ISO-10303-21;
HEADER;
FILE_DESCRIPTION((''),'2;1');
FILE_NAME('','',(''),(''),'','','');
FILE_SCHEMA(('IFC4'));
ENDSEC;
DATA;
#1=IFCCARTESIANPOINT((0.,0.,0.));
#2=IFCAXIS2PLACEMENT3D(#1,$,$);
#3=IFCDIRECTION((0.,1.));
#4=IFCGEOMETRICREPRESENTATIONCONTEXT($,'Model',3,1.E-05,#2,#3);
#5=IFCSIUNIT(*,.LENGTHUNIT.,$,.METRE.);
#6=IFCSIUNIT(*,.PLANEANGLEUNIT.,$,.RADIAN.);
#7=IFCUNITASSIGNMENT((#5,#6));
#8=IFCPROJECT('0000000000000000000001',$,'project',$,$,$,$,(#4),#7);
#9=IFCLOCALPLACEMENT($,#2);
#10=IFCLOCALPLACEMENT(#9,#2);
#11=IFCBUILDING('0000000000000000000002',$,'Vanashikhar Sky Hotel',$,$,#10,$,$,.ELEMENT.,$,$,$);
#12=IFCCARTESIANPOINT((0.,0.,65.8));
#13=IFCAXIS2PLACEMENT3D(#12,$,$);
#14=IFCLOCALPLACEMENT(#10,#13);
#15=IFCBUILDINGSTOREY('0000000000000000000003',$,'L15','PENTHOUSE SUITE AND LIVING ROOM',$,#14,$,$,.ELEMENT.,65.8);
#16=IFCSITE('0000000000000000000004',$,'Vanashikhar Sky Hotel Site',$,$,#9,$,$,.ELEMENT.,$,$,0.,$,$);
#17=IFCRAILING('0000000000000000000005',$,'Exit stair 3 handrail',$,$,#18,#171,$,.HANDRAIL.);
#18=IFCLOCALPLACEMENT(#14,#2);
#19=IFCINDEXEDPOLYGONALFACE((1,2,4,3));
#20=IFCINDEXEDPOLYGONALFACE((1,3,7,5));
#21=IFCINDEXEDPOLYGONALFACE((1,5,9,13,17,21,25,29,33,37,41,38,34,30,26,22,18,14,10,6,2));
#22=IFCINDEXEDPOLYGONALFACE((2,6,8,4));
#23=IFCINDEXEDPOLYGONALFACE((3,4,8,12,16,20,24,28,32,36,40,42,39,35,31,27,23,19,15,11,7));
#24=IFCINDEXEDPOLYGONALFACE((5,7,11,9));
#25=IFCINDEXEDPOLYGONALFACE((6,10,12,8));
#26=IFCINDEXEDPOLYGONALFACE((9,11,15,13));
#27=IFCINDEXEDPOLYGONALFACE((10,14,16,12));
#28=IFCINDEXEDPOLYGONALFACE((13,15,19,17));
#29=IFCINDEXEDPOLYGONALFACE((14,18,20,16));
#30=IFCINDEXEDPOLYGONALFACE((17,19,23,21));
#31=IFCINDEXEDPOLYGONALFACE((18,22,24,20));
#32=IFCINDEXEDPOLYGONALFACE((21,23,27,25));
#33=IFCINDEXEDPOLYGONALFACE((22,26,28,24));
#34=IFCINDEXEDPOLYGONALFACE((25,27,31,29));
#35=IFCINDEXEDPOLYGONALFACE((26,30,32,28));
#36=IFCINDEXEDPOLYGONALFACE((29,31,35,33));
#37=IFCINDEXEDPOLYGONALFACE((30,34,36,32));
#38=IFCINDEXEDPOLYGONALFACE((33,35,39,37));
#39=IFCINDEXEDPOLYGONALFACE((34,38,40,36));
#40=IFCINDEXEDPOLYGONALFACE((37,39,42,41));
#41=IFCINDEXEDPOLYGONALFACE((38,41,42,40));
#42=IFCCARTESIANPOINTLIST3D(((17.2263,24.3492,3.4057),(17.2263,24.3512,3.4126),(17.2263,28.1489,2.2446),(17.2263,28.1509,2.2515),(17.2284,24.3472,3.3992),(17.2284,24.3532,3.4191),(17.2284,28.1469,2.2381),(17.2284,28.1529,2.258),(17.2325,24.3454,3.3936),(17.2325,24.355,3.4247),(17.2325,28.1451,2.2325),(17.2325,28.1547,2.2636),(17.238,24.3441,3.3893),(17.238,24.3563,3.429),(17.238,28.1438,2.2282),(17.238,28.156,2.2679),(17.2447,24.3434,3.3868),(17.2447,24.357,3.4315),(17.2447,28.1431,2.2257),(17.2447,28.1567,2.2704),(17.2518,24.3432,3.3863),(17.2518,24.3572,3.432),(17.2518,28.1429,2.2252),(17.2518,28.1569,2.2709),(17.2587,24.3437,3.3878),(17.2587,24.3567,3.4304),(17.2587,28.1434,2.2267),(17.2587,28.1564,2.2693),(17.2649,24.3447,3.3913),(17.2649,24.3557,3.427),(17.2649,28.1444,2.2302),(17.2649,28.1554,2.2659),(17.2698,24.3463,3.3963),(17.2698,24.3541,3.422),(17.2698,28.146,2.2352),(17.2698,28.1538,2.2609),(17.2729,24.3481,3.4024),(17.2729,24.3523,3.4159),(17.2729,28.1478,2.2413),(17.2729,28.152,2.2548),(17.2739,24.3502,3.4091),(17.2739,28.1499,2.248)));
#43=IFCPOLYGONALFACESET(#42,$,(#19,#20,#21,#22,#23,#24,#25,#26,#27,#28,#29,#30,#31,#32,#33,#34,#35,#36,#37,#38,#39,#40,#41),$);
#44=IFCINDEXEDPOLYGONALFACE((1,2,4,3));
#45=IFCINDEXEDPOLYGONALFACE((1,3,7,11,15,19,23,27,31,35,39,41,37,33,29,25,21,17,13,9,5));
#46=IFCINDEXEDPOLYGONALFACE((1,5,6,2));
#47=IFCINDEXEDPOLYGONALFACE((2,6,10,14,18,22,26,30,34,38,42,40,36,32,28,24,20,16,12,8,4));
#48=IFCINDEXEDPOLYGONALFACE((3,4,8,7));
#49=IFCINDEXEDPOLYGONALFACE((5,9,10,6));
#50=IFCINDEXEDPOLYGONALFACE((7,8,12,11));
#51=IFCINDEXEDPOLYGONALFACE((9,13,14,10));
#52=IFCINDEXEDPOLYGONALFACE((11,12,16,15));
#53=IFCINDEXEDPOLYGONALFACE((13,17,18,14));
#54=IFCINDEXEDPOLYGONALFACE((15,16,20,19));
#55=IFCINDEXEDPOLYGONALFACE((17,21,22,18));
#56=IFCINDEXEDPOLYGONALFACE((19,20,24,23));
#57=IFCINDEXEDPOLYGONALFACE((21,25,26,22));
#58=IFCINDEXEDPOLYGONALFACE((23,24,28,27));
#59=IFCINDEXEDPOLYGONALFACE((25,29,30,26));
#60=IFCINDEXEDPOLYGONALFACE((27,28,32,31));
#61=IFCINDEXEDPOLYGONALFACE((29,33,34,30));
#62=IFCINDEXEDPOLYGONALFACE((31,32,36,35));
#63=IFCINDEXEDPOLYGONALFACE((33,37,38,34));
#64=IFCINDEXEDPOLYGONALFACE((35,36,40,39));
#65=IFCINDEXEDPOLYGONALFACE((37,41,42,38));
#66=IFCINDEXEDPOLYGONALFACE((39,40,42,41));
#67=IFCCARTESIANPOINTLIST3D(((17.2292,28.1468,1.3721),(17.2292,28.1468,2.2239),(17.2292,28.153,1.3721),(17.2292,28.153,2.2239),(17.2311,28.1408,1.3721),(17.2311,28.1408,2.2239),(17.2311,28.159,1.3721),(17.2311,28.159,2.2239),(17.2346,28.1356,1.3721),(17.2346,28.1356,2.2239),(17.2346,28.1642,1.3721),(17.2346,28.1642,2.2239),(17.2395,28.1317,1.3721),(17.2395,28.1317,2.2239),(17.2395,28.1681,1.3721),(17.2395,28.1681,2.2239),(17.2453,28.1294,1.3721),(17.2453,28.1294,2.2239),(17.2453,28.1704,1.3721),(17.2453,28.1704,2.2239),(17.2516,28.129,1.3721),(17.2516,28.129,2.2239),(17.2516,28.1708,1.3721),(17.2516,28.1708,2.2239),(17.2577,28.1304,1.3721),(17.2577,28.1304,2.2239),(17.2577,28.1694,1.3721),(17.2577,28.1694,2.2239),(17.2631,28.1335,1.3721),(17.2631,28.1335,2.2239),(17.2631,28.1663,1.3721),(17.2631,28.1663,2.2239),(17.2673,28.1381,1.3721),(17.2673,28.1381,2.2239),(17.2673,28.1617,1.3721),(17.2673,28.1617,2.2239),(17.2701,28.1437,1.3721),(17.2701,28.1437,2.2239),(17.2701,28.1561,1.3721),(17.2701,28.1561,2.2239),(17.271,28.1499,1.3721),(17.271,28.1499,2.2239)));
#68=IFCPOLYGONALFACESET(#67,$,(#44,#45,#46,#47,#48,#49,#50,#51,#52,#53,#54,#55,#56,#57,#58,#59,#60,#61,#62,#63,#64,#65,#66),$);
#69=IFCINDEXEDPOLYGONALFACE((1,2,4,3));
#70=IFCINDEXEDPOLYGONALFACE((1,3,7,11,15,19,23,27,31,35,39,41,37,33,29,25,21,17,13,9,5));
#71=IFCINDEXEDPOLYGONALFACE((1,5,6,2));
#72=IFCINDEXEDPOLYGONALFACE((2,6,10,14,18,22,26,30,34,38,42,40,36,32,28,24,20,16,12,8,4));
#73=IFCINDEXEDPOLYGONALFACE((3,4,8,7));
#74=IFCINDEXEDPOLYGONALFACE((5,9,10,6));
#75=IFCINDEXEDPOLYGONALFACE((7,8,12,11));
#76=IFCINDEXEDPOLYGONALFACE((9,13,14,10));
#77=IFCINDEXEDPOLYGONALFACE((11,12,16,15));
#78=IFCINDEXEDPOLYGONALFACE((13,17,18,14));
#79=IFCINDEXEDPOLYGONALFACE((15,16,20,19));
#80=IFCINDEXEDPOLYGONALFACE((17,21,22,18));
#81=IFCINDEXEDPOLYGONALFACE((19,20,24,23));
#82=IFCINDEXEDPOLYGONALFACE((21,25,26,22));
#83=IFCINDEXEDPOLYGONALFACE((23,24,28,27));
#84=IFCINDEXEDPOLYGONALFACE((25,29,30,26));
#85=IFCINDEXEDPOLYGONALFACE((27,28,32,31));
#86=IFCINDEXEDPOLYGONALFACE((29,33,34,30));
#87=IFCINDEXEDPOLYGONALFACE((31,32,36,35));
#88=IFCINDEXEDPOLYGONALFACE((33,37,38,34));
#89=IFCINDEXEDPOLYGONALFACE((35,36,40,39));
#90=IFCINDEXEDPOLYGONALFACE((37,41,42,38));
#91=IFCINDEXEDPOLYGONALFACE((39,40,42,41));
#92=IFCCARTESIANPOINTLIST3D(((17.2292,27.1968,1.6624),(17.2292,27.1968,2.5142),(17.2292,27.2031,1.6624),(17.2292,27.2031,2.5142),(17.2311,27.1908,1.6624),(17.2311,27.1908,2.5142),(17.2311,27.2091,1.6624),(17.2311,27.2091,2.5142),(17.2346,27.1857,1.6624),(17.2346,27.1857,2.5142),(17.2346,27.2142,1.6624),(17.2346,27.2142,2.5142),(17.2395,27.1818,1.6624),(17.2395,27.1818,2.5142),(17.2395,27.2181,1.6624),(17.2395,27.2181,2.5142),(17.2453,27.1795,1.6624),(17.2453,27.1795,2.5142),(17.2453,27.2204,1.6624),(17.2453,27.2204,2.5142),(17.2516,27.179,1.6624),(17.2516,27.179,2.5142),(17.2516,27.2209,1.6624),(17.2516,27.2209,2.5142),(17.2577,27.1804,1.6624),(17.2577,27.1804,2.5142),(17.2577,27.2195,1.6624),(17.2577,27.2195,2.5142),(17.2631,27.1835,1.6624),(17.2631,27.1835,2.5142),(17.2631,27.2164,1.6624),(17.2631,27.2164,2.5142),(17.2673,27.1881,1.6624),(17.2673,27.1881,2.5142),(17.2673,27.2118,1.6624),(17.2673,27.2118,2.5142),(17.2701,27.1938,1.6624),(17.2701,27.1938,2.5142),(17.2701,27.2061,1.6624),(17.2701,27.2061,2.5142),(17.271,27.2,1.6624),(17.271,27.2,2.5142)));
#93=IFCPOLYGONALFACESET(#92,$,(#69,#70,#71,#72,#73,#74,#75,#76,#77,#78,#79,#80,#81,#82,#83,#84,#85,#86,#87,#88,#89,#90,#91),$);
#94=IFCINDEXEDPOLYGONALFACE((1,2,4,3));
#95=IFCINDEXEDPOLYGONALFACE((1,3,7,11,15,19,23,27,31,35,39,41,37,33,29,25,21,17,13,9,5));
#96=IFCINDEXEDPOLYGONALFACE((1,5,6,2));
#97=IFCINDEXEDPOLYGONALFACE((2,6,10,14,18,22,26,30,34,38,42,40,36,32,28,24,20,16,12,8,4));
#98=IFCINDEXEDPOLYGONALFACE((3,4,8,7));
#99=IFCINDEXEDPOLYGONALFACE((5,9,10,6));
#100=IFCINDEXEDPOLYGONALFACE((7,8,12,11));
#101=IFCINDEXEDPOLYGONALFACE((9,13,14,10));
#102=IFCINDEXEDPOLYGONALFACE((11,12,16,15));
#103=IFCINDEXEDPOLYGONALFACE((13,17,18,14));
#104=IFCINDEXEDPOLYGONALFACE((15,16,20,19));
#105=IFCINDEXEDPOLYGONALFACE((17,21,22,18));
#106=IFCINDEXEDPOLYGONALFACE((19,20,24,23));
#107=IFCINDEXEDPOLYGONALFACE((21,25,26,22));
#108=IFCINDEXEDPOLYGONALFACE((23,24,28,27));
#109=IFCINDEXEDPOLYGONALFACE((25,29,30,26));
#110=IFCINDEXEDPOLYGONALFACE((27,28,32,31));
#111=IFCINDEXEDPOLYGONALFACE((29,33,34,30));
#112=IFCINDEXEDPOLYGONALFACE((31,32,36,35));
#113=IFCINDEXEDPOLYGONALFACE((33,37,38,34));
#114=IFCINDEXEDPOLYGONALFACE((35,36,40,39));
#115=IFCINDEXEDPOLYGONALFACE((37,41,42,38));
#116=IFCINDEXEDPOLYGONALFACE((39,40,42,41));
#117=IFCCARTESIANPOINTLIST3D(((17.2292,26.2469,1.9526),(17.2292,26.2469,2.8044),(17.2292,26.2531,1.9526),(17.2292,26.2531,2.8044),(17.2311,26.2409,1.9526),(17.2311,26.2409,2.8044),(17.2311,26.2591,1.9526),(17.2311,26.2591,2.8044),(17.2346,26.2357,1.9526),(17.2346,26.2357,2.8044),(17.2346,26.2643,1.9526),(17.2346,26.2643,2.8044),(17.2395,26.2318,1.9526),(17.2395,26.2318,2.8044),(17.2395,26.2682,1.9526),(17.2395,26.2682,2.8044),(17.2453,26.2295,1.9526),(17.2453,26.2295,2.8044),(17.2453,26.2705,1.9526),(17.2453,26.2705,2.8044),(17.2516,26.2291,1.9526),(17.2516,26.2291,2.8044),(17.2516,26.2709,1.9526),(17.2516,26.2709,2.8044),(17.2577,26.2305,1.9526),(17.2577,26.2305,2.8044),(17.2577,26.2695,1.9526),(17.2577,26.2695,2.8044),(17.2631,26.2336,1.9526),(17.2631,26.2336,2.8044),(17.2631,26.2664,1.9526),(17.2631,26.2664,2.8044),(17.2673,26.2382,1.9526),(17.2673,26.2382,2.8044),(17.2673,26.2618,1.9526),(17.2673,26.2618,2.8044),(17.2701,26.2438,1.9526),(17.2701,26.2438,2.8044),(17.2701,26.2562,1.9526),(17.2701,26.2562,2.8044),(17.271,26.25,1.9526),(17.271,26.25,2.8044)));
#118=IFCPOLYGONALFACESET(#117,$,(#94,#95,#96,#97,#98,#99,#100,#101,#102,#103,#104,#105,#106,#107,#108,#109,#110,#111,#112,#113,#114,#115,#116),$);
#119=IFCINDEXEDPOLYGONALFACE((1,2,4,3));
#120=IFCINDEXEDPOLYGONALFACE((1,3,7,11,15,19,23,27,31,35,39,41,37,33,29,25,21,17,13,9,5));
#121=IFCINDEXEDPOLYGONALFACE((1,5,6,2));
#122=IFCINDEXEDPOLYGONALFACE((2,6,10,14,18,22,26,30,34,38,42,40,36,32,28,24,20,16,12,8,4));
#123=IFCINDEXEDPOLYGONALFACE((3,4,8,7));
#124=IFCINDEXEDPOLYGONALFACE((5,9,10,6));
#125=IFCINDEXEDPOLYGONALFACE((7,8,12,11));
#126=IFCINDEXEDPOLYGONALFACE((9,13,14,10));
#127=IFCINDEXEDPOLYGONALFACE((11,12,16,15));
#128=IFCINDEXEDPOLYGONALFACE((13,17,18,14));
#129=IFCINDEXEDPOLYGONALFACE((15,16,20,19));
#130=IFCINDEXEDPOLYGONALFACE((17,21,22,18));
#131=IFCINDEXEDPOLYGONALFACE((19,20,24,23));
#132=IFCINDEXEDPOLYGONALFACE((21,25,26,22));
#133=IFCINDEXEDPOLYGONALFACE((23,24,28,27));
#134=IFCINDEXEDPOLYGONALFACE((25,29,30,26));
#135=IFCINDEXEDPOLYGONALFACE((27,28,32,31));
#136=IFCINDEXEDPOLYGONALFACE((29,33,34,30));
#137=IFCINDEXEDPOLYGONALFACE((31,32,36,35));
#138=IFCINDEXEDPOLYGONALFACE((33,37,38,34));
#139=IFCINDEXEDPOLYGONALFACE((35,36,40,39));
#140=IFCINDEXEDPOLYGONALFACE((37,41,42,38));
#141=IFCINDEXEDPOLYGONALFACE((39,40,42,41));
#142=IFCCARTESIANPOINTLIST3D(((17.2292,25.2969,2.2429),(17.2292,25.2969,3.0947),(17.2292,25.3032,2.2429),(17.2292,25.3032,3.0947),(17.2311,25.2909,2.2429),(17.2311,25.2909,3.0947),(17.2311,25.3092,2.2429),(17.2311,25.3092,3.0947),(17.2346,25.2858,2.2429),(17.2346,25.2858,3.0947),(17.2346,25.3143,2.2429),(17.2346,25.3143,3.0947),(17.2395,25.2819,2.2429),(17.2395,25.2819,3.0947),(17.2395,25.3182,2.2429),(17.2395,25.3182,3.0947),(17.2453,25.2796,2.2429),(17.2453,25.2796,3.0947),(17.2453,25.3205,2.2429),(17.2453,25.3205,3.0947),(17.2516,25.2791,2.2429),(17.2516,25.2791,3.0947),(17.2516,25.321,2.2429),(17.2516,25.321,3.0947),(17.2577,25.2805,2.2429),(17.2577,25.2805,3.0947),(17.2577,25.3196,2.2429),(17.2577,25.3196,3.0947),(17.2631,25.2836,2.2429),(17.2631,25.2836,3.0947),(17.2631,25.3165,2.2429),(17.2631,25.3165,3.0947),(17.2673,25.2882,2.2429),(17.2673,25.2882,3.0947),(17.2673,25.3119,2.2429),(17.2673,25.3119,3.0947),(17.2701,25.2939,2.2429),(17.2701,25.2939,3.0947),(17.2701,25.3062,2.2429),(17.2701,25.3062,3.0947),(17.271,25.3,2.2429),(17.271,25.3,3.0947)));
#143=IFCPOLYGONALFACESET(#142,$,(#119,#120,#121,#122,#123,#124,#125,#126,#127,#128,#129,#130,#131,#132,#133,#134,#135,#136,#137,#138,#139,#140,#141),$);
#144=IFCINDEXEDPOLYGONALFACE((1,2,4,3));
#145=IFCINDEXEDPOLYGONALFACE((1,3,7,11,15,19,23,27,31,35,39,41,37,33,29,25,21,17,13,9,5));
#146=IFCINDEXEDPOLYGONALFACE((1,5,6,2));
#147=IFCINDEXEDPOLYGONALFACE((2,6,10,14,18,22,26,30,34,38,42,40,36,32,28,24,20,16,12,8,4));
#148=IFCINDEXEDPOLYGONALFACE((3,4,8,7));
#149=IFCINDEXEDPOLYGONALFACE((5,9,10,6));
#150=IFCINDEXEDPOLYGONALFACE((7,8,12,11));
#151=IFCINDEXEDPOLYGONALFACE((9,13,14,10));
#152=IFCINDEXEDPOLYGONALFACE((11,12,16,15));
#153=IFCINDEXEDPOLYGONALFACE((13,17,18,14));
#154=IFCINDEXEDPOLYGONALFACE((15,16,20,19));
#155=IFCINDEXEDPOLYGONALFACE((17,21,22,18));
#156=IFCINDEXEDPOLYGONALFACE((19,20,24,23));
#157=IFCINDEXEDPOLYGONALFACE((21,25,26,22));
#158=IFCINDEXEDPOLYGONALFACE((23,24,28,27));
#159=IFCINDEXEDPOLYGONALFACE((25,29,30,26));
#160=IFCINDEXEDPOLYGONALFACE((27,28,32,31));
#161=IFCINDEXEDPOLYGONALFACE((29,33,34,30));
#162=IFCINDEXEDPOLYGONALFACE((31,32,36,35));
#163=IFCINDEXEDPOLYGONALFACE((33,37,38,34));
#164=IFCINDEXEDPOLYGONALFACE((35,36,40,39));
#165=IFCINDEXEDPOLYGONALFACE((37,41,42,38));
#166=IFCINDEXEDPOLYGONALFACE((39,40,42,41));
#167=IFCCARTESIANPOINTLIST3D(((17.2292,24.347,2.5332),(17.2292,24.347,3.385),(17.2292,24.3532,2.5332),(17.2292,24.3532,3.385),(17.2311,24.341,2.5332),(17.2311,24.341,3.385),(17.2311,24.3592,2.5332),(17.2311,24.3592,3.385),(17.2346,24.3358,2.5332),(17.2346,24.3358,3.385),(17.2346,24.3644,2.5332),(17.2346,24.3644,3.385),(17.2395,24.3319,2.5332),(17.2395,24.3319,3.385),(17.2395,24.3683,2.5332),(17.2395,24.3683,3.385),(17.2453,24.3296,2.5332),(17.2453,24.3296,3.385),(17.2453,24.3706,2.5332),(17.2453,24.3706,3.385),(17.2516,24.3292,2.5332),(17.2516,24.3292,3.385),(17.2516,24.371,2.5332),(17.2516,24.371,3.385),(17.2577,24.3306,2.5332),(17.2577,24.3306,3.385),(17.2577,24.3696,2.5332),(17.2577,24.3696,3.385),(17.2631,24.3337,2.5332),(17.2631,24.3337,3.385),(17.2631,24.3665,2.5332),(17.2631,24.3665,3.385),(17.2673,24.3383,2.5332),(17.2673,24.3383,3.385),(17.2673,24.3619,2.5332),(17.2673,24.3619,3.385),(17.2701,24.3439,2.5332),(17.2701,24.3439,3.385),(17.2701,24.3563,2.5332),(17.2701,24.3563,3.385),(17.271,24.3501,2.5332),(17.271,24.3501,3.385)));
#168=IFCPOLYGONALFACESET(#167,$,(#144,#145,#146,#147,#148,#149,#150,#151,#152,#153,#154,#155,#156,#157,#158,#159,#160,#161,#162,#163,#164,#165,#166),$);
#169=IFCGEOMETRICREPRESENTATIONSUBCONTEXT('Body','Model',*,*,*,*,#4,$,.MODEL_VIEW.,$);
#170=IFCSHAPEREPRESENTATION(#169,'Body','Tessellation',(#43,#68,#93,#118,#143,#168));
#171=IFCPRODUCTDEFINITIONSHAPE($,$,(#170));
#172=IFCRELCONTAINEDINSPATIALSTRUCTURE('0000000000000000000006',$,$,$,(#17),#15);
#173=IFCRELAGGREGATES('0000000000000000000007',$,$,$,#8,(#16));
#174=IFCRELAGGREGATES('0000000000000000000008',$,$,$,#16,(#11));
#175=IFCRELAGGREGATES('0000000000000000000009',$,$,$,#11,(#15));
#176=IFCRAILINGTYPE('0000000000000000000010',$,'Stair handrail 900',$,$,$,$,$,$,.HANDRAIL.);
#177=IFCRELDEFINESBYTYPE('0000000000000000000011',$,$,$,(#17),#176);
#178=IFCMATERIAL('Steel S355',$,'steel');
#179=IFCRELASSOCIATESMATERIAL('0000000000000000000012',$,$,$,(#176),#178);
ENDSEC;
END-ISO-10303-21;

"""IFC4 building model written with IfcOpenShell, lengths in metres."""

from ifc_helpers import new_model, si_unit, direction, frame, origin, origin_2d, place, context, subcontext, project, spatial, circle, extrude, source, transform, mapped, material, type_object, element, save


model = new_model("IFC4")

# Units and contexts
model_context = context("Model", 3, precision=1e-05, world=origin(), true_north=direction((0.0, 1.0)))
body_context = subcontext(model_context, "Body", "Model", "MODEL_VIEW")
ifc_project = project(units=[si_unit("LENGTHUNIT", "METRE"), si_unit("PLANEANGLEUNIT", "RADIAN")], contexts=[model_context])

# Site, building, storey
site_placement = place(None, origin())
site = spatial("IfcSite", under=ifc_project, at=site_placement, Name="Vanashikhar Sky Hotel Site", CompositionType="ELEMENT", RefElevation=0.0)
building_placement = place(site_placement, origin())
building = spatial("IfcBuilding", under=site, at=building_placement, Name="Vanashikhar Sky Hotel", CompositionType="ELEMENT")
storey_placement = place(building_placement, frame((0.0, 0.0, 65.8)))
storey = spatial("IfcBuildingStorey", under=building, at=storey_placement, Name="L15", Description="PENTHOUSE SUITE AND LIVING ROOM", CompositionType="ELEMENT", Elevation=65.8)

# Railing
ifc_material_1 = material(Name="Steel S355", Category="steel")
railing_type_1 = type_object("IfcRailingType", Name="Stair handrail 900", PredefinedType="HANDRAIL", material=ifc_material_1)
shared_shape_1 = source(origin(), body_context, "Body", "SweptSolid", [
    extrude(circle(Radius=0.0239, at=origin_2d()), frame((0.0, 0.0, 0.876), z_axis=(0.0, -0.956346, 0.292237), x_axis=(1.0, 0.0, 0.0)), (0.0, 0.0, 1.0), 3.9731),
    extrude(circle(Radius=0.021, at=origin_2d()), origin(), (0.0, 0.0, 1.0), 0.8518),
    extrude(circle(Radius=0.021, at=origin_2d()), frame((0.0, -0.95, 0.2903)), (0.0, 0.0, 1.0), 0.8518),
    extrude(circle(Radius=0.021, at=origin_2d()), frame((0.0, -1.8999, 0.5806)), (0.0, 0.0, 1.0), 0.8518),
    extrude(circle(Radius=0.021, at=origin_2d()), frame((0.0, -2.8499, 0.8708)), (0.0, 0.0, 1.0), 0.8518),
    extrude(circle(Radius=0.021, at=origin_2d()), frame((0.0, -3.7998, 1.1611)), (0.0, 0.0, 1.0), 0.8518),
])
railing_1_placement = place(storey_placement, frame((17.25, 28.1499, 1.3721)))
element("IfcRailing", 1, at=railing_1_placement, inside=storey, type_object=railing_type_1, Name="Exit stair 3 handrail", PredefinedType="HANDRAIL", context=body_context, shape_type="MappedRepresentation", body=[
    mapped(shared_shape_1, transform((0.0, 0.0, 0.0), scale=1.0)),
])

save(model, "model.ifc")
